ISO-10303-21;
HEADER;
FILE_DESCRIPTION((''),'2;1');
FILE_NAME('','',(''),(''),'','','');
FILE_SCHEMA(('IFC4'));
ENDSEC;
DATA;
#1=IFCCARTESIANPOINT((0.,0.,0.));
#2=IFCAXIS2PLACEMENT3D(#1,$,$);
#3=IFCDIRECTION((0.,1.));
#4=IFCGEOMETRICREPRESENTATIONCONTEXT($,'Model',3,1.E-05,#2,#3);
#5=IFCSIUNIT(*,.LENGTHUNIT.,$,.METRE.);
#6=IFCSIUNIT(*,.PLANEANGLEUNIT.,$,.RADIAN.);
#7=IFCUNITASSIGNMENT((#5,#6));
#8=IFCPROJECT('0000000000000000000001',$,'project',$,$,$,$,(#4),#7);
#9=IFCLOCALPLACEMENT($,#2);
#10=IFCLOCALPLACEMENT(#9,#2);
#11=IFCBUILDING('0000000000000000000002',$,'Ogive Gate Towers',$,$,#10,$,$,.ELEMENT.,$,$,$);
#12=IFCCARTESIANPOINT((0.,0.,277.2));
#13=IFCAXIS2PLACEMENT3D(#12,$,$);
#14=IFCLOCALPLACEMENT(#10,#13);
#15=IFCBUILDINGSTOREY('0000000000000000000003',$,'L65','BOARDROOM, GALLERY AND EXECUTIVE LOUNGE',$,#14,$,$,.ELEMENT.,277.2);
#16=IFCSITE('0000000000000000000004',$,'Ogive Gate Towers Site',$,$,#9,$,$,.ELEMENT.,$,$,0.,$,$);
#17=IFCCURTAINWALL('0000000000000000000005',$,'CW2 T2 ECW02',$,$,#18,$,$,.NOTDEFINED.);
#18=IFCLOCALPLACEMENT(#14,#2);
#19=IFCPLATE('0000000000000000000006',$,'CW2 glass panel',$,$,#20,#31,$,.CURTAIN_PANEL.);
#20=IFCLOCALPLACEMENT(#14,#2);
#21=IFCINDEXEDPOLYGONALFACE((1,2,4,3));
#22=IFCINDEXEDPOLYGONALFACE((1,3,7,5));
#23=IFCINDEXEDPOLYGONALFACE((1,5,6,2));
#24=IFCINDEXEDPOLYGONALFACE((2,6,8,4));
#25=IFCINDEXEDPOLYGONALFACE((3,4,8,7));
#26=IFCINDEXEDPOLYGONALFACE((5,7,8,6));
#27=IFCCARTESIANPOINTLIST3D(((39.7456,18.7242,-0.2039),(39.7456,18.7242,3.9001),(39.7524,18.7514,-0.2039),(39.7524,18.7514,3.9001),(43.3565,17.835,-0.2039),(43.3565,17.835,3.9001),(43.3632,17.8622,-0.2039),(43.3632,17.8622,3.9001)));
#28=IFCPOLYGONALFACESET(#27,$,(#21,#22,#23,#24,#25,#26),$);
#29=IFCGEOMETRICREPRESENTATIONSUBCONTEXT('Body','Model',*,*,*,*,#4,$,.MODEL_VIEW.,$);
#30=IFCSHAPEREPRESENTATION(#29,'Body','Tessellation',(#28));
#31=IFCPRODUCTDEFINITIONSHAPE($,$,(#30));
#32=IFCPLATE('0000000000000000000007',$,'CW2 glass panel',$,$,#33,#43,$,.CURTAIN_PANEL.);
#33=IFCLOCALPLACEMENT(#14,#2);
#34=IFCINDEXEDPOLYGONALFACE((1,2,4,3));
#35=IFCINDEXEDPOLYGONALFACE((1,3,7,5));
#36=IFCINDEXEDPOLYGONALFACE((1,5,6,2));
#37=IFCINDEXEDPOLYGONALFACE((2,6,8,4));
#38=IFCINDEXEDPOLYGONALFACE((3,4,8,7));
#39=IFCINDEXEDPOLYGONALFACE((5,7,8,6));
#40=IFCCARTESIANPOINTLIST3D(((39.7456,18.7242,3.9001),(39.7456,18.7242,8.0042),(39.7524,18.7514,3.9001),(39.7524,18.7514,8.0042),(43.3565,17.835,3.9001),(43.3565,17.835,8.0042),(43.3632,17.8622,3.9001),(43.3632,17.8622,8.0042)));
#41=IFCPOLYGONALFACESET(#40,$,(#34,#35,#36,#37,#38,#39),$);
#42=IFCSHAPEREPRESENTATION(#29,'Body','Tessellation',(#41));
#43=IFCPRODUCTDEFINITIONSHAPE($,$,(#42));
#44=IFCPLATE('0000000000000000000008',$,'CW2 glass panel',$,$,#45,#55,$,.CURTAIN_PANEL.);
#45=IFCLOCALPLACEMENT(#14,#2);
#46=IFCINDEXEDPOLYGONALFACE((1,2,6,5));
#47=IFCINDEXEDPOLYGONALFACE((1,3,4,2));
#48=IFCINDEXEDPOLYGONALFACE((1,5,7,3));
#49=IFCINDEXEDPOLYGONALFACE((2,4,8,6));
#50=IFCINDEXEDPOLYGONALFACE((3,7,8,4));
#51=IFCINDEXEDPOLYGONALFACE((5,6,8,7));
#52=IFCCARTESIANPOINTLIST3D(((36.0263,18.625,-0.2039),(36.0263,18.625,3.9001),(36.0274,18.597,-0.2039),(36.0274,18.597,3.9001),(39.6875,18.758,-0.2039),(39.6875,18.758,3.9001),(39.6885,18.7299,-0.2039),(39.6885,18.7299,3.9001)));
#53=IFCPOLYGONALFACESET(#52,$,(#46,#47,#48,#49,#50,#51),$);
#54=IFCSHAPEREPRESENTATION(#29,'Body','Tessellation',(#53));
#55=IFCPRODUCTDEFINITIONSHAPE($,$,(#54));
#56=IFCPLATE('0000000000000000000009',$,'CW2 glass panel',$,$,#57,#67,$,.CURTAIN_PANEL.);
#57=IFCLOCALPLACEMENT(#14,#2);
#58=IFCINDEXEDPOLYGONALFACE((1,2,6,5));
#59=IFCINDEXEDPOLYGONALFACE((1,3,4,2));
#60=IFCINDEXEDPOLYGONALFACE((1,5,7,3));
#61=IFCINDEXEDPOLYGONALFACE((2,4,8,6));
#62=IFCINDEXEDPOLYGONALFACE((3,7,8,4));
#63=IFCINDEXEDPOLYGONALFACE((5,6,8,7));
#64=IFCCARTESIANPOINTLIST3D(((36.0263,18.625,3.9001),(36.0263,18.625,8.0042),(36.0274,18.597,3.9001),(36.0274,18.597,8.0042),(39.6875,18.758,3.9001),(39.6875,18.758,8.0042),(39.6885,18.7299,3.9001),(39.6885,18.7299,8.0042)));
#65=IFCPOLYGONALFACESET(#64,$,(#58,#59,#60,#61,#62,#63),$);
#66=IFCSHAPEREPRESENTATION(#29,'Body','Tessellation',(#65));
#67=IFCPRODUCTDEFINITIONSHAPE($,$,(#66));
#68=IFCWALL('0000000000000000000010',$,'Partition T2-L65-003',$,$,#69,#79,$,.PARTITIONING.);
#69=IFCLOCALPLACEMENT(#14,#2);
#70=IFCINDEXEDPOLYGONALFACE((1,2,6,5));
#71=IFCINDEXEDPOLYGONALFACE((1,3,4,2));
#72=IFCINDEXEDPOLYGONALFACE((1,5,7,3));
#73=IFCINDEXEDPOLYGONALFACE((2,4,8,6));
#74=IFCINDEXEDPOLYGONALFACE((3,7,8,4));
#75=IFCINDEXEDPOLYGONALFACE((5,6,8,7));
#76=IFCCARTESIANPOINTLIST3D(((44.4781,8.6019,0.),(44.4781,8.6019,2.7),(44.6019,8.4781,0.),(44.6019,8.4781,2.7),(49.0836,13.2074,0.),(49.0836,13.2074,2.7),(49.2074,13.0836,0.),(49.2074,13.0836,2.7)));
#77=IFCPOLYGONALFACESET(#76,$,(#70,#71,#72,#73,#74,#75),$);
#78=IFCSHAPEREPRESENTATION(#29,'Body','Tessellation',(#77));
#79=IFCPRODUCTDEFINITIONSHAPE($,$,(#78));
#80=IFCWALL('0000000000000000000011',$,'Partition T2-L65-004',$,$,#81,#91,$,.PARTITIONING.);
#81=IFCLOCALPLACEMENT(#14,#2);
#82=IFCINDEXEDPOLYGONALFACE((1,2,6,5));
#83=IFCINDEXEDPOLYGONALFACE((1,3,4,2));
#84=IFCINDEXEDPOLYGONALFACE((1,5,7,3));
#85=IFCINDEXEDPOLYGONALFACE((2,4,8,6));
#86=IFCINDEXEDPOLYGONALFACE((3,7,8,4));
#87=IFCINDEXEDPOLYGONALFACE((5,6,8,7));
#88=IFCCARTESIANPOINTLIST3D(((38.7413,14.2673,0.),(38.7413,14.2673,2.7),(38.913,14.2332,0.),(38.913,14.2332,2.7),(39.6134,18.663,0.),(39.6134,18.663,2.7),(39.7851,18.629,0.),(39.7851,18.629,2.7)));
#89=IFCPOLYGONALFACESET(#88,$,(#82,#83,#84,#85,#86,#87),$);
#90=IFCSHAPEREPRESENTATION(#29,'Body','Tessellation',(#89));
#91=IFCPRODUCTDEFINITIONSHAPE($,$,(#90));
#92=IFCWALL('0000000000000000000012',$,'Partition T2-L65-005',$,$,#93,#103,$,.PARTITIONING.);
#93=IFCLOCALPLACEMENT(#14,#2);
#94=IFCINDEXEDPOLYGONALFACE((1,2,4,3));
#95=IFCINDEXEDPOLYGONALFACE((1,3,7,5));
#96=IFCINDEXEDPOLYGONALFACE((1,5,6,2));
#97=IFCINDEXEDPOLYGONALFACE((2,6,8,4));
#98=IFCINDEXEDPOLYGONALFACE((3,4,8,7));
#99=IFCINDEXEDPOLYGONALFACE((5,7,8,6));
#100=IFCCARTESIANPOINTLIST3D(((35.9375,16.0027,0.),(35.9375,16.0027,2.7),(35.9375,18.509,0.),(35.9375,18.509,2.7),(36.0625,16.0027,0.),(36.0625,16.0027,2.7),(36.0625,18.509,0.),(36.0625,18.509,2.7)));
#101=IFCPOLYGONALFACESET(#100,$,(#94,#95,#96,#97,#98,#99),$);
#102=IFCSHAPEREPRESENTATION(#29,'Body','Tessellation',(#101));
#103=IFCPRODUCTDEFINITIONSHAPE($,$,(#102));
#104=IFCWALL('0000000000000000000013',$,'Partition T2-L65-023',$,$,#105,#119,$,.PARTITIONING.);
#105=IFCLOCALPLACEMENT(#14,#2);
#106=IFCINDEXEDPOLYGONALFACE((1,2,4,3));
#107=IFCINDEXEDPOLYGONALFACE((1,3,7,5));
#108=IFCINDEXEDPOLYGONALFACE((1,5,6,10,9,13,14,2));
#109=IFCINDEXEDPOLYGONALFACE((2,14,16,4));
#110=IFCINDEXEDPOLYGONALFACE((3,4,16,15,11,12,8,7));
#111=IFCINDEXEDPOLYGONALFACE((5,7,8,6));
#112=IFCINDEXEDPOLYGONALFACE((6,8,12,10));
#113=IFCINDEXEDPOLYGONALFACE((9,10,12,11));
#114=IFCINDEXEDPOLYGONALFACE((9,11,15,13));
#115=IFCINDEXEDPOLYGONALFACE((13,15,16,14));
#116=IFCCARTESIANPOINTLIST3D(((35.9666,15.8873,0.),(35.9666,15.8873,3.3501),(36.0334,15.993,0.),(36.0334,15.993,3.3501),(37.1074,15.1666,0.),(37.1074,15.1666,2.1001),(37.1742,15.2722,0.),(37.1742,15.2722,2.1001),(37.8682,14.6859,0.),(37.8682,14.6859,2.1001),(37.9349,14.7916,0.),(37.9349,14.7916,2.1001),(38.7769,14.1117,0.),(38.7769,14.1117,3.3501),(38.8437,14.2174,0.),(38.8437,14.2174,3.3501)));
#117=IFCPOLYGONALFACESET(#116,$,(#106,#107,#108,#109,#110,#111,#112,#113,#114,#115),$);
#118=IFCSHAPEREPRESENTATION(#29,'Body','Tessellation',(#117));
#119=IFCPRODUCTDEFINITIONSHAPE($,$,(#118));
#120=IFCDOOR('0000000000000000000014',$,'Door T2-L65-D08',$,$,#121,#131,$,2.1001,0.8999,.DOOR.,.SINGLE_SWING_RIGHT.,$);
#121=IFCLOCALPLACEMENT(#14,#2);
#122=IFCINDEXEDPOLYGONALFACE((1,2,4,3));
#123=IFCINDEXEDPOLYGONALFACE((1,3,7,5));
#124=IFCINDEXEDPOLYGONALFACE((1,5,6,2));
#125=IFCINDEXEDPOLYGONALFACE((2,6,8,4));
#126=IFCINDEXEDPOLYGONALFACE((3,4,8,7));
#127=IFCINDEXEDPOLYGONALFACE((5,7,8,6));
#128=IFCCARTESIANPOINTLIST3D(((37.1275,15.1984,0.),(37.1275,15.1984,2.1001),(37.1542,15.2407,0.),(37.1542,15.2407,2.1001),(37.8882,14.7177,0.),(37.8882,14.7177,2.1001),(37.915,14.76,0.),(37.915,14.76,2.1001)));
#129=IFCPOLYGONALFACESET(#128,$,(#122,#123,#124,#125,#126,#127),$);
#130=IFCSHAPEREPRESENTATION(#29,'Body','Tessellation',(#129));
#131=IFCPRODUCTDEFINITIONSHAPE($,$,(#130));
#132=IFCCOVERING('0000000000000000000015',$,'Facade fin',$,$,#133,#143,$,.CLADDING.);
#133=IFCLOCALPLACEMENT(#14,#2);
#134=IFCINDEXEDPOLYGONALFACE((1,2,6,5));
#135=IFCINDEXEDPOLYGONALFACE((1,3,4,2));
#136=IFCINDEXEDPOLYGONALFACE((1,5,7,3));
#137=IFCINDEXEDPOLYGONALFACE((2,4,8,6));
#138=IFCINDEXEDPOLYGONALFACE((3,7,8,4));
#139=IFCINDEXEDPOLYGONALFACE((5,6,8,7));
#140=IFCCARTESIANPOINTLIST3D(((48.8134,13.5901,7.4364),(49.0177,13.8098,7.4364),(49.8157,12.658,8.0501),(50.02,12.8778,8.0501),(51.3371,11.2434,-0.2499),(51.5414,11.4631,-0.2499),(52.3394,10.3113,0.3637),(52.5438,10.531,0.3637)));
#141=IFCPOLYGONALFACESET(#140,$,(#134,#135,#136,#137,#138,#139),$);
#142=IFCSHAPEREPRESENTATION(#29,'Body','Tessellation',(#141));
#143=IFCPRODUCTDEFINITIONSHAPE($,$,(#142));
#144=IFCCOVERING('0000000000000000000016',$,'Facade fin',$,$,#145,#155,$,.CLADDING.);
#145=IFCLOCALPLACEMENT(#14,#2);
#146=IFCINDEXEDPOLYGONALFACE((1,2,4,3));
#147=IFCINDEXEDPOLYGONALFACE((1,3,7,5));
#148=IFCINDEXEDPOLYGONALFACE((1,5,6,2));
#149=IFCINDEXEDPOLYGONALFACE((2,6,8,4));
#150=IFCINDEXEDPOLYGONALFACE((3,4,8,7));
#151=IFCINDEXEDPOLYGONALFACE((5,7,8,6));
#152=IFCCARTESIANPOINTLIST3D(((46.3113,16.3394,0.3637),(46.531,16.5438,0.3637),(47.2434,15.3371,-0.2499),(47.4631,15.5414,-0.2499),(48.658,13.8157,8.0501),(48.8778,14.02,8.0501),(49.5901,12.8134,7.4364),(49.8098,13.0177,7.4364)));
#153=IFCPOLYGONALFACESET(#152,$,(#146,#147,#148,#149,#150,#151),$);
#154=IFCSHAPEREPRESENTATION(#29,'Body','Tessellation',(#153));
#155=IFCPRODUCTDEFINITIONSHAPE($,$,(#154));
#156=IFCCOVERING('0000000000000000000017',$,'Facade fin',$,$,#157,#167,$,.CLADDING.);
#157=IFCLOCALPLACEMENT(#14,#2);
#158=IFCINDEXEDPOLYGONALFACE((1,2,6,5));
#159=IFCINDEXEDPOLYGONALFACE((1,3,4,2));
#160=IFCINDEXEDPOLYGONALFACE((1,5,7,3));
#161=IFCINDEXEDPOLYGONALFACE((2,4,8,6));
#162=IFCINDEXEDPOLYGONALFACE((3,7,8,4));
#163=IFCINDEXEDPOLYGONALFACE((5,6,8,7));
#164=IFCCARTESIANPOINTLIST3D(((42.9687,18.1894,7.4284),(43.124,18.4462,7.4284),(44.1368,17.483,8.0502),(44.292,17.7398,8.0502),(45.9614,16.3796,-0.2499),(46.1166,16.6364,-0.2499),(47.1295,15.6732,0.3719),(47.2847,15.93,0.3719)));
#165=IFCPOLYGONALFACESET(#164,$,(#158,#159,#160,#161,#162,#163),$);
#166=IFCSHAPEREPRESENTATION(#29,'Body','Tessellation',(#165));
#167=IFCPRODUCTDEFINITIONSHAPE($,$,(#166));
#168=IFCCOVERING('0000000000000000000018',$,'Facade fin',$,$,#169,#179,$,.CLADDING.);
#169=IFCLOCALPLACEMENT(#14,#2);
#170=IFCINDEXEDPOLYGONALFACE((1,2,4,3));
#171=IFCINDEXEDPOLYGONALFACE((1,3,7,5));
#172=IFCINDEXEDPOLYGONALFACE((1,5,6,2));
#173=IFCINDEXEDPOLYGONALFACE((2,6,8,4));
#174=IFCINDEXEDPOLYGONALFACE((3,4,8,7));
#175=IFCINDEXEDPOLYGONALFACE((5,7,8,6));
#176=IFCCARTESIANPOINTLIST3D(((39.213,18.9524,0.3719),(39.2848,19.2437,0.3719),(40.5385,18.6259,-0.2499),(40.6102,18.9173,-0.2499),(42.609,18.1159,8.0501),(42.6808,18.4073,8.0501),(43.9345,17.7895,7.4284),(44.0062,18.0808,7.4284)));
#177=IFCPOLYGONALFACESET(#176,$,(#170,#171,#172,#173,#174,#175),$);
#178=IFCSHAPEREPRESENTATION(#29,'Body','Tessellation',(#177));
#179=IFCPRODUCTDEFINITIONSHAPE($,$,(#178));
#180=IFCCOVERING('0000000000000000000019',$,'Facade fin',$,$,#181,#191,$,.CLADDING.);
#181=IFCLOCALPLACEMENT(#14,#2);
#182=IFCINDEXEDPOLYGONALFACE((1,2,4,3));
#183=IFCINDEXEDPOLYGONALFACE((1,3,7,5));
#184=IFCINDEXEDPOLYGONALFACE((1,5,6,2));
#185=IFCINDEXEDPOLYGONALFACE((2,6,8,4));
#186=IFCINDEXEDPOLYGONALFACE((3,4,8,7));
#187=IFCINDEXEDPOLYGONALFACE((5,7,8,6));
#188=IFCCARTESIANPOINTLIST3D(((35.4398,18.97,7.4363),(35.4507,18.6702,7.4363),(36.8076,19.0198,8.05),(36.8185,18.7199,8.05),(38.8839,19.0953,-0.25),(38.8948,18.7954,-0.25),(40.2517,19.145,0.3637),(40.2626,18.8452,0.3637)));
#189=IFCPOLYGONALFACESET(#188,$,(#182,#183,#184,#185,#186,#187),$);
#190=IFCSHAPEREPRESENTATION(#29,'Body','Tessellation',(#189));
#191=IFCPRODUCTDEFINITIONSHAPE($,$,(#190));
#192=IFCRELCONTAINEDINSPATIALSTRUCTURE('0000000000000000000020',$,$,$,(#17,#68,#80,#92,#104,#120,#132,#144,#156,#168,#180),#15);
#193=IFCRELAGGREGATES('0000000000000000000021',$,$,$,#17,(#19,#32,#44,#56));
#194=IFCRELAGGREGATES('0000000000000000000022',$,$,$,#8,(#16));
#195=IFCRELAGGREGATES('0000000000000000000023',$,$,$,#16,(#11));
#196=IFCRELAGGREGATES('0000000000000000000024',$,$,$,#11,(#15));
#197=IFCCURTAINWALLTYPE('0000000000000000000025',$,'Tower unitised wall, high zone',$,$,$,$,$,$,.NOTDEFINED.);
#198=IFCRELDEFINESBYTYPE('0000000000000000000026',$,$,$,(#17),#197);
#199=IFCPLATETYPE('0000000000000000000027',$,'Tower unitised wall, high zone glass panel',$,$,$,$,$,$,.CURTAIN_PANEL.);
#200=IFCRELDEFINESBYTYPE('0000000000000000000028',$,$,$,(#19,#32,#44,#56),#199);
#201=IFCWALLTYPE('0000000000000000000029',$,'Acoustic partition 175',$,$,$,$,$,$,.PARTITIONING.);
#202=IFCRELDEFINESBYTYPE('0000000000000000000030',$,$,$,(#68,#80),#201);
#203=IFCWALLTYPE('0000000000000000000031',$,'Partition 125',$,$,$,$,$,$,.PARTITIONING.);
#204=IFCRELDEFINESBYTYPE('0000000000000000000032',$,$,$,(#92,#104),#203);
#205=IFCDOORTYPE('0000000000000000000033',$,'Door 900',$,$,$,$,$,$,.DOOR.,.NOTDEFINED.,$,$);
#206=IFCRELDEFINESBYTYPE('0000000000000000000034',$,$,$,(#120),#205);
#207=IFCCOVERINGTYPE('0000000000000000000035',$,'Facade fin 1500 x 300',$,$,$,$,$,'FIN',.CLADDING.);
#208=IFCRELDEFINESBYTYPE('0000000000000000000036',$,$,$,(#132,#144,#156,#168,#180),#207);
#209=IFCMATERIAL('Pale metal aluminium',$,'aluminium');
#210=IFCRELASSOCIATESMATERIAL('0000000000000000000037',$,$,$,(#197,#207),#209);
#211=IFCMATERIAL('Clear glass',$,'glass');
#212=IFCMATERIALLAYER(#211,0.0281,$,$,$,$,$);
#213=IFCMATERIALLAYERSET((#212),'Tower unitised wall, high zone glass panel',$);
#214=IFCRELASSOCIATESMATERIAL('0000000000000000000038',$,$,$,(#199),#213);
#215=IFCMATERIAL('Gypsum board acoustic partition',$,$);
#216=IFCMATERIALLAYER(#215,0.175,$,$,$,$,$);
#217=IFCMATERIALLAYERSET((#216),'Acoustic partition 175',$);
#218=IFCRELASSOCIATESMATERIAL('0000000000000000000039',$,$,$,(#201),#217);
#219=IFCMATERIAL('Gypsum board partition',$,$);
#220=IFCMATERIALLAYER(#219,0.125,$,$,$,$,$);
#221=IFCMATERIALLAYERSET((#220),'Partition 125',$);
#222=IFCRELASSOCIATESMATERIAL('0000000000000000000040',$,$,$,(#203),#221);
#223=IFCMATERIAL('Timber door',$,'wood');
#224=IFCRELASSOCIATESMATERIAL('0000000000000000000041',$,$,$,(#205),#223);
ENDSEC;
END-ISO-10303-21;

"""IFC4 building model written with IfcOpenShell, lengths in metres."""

from ifc_helpers import new_model, si_unit, direction, frame, frame_2d, origin, origin_2d, place, context, subcontext, project, spatial, rectangle, extrude, material, layer, layer_set, material_profile, profile_set, type_object, element, fill, aggregate, save


model = new_model("IFC4")

# Units and contexts
model_context = context("Model", 3, precision=1e-05, world=origin(), true_north=direction((0.0, 1.0)))
body_context = subcontext(model_context, "Body", "Model", "MODEL_VIEW")
ifc_project = project(units=[si_unit("LENGTHUNIT", "METRE"), si_unit("PLANEANGLEUNIT", "RADIAN")], contexts=[model_context])

# Site, building, storey
site_placement = place(None, origin())
site = spatial("IfcSite", under=ifc_project, at=site_placement, Name="Ogive Gate Towers Site", CompositionType="ELEMENT", RefElevation=0.0)
building_placement = place(site_placement, origin())
building = spatial("IfcBuilding", under=site, at=building_placement, Name="Ogive Gate Towers", CompositionType="ELEMENT")
storey_placement = place(building_placement, frame((0.0, 0.0, 277.2)))
storey = spatial("IfcBuildingStorey", under=building, at=storey_placement, Name="L65", Description="BOARDROOM, GALLERY AND EXECUTIVE LOUNGE", CompositionType="ELEMENT", Elevation=277.2)

# Shared definitions
ifc_material_1 = material(Name="Pale metal aluminium", Category="aluminium")
curtain_wall_type = type_object("IfcCurtainWallType", Name="Tower unitised wall, high zone", PredefinedType="NOTDEFINED", material=ifc_material_1)

# Curtain wall
curtain_wall_1_placement = place(storey_placement, origin())
curtain_wall_1 = element("IfcCurtainWall", 1, at=curtain_wall_1_placement, inside=storey, type_object=curtain_wall_type, Name="CW2 T2 ECW02", PredefinedType="NOTDEFINED")

# Plates
ifc_material_2 = material(Name="Clear glass", Category="glass")
ifc_layer_1 = layer(ifc_material_2, 0.0281)
ifc_layer_set_1 = layer_set([ifc_layer_1], Name="Tower unitised wall, high zone glass panel")
plate_type = type_object("IfcPlateType", Name="Tower unitised wall, high zone glass panel", PredefinedType="CURTAIN_PANEL", material=ifc_layer_set_1)
plate_1_placement = place(storey_placement, frame((41.5544, 18.2932, -0.2039), z_axis=(0.0, 0.0, 1.0), x_axis=(-0.970993, 0.23911, 0.0)))
plate_1 = element("IfcPlate", 2, at=plate_1_placement, type_object=plate_type, Name="CW2 glass panel", PredefinedType="CURTAIN_PANEL", context=body_context, shape_type="SweptSolid", body=[
    extrude(rectangle(XDim=3.7188, YDim=0.0281, at=origin_2d()), origin(), (0.0, 0.0, 1.0), 4.104),
])
plate_2_placement = place(storey_placement, frame((41.5544, 18.2932, 3.9001), z_axis=(0.0, 0.0, 1.0), x_axis=(-0.970993, 0.23911, 0.0)))
plate_2 = element("IfcPlate", 3, at=plate_2_placement, type_object=plate_type, Name="CW2 glass panel", PredefinedType="CURTAIN_PANEL", context=body_context, shape_type="SweptSolid", body=[
    extrude(rectangle(XDim=3.7188, YDim=0.0281, at=origin_2d()), origin(), (0.0, 0.0, 1.0), 4.104),
])
plate_3_placement = place(storey_placement, frame((37.8574, 18.6775, -0.2039), z_axis=(0.0, 0.0, 1.0), x_axis=(-0.999341, -0.036295, 0.0)))
plate_3 = element("IfcPlate", 4, at=plate_3_placement, type_object=plate_type, Name="CW2 glass panel", PredefinedType="CURTAIN_PANEL", context=body_context, shape_type="SweptSolid", body=[
    extrude(rectangle(XDim=3.6636, YDim=0.0281, at=origin_2d()), origin(), (0.0, 0.0, 1.0), 4.104),
])
plate_4_placement = place(storey_placement, frame((37.8574, 18.6775, 3.9001), z_axis=(0.0, 0.0, 1.0), x_axis=(-0.999341, -0.036295, 0.0)))
plate_4 = element("IfcPlate", 5, at=plate_4_placement, type_object=plate_type, Name="CW2 glass panel", PredefinedType="CURTAIN_PANEL", context=body_context, shape_type="SweptSolid", body=[
    extrude(rectangle(XDim=3.6636, YDim=0.0281, at=origin_2d()), origin(), (0.0, 0.0, 1.0), 4.104),
])
aggregate(curtain_wall_1, [plate_1, plate_2, plate_3, plate_4])

# Walls
ifc_material_3 = material(Name="Gypsum board acoustic partition")
ifc_layer_2 = layer(ifc_material_3, 0.175)
ifc_layer_set_2 = layer_set([ifc_layer_2], Name="Acoustic partition 175")
wall_type_1 = type_object("IfcWallType", Name="Acoustic partition 175", PredefinedType="PARTITIONING", material=ifc_layer_set_2)
wall_1_placement = place(storey_placement, frame((49.1455, 13.1455, 0.0), z_axis=(0.0, 0.0, 1.0), x_axis=(-0.707107, -0.707107, 0.0)))
element("IfcWall", 6, at=wall_1_placement, inside=storey, type_object=wall_type_1, Name="Partition T2-L65-003", PredefinedType="PARTITIONING", context=body_context, shape_type="SweptSolid", body=[
    extrude(rectangle(XDim=6.5132, YDim=0.175, at=frame_2d((3.2566, 0.0))), origin(), (0.0, 0.0, 1.0), 2.7),
])
wall_2_placement = place(storey_placement, frame((39.6992, 18.646, 0.0), z_axis=(0.0, 0.0, 1.0), x_axis=(-0.194597, -0.980883, 0.0)))
element("IfcWall", 7, at=wall_2_placement, inside=storey, type_object=wall_type_1, Name="Partition T2-L65-004", PredefinedType="PARTITIONING", context=body_context, shape_type="SweptSolid", body=[
    extrude(rectangle(XDim=4.4814, YDim=0.175, at=frame_2d((2.2407, 0.0))), origin(), (0.0, 0.0, 1.0), 2.7),
])
ifc_material_4 = material(Name="Gypsum board partition")
ifc_layer_3 = layer(ifc_material_4, 0.125)
ifc_layer_set_3 = layer_set([ifc_layer_3], Name="Partition 125")
wall_type_2 = type_object("IfcWallType", Name="Partition 125", PredefinedType="PARTITIONING", material=ifc_layer_set_3)
wall_3_placement = place(storey_placement, frame((36.0, 18.509, 0.0), z_axis=(0.0, 0.0, 1.0), x_axis=(0.0, -1.0, 0.0)))
element("IfcWall", 8, at=wall_3_placement, inside=storey, type_object=wall_type_2, Name="Partition T2-L65-005", PredefinedType="PARTITIONING", context=body_context, shape_type="SweptSolid", body=[
    extrude(rectangle(XDim=2.5063, YDim=0.125, at=frame_2d((1.2532, 0.0))), origin(), (0.0, 0.0, 1.0), 2.7),
])

# Wall, opening, door
wall_4_placement = place(storey_placement, frame((38.8103, 14.1646, 0.0), z_axis=(0.0, 0.0, 1.0), x_axis=(-0.845393, 0.534145, 0.0)))
wall_4 = element("IfcWall", 9, at=wall_4_placement, inside=storey, type_object=wall_type_2, Name="Partition T2-L65-023", PredefinedType="PARTITIONING", context=body_context, shape_type="SweptSolid", body=[
    extrude(rectangle(XDim=3.3242, YDim=0.125, at=frame_2d((1.6621, 0.0))), origin(), (0.0, 0.0, 1.0), 3.3501),
])
opening_placement = place(wall_4_placement, frame((1.075, 0.0, 0.0)))
opening = element("IfcOpeningElement", 10, at=opening_placement, cuts=wall_4, PredefinedType="OPENING", context=body_context, shape_type="SweptSolid", body=[
    extrude(rectangle(XDim=0.8999, YDim=2.1001, at=frame_2d((0.45, 1.05))), frame((0.0, 0.0725, 0.0), z_axis=(0.0, -1.0, 0.0), x_axis=(1.0, 0.0, 0.0)), (0.0, 0.0, 1.0), 0.145),
])
ifc_material_5 = material(Name="Timber door", Category="wood")
door_type = type_object("IfcDoorType", Name="Door 900", OperationType="NOTDEFINED", PredefinedType="DOOR", material=ifc_material_5)
door_placement = place(opening_placement, origin())
door = element("IfcDoor", 11, at=door_placement, inside=storey, type_object=door_type, Name="Door T2-L65-D08", OperationType="SINGLE_SWING_RIGHT", OverallHeight=2.1001, OverallWidth=0.8999, PredefinedType="DOOR", context=body_context, shape_type="SweptSolid", body=[
    extrude(rectangle(XDim=0.8999, YDim=2.1001, at=frame_2d((0.45, 1.05))), frame((0.0, 0.0249, 0.0), z_axis=(0.0, -1.0, 0.0), x_axis=(1.0, 0.0, 0.0)), (0.0, 0.0, 1.0), 0.05),
])
fill(opening, door)

# Coverings
ifc_material_profile_1 = material_profile(ifc_material_1, rectangle(XDim=0.3, YDim=1.5, at=origin_2d()), Name="1500 x 300 pale metal aluminium")
ifc_profile_set_1 = profile_set([ifc_material_profile_1], Name="Pale metal aluminium")
covering_type = type_object("IfcCoveringType", Name="Facade fin 1500 x 300", ElementType="FIN", PredefinedType="CLADDING", material=ifc_profile_set_1)
for number, where, z_axis, x_axis, name in (
    (12, (51.9404, 10.8872, 0.0569), (-0.299601, 0.278588, 0.912484), (-0.680959, -0.732321, 0.0), "Facade fin"),
    (13, (46.8872, 15.9404, 0.0569), (0.278588, -0.299601, 0.912484), (0.732321, 0.680959, 0.0), "Facade fin"),
):
    element("IfcCovering", number, at=place(storey_placement, frame(where, z_axis=z_axis, x_axis=x_axis)), inside=storey, type_object=covering_type, Name=name, PredefinedType="CLADDING", context=body_context, shape_type="SweptSolid", body=[
        extrude(rectangle(XDim=0.3, YDim=1.5, at=origin_2d()), origin(), (0.0, 0.0, 1.0), 8.4236),
    ])
for number, where, z_axis, x_axis, name in (
    (14, (46.623, 16.1548, 0.061), (-0.354699, 0.214504, 0.910042), (-0.51748, -0.855695, 0.0), "Facade fin"),
    (15, (39.9116, 18.9348, 0.061), (0.402499, -0.099135, 0.910037), (0.239151, 0.970982, 0.0), "Facade fin"),
):
    element("IfcCovering", number, at=place(storey_placement, frame(where, z_axis=z_axis, x_axis=x_axis)), inside=storey, type_object=covering_type, Name=name, PredefinedType="CLADDING", context=body_context, shape_type="SweptSolid", body=[
        extrude(rectangle(XDim=0.3, YDim=1.5, at=origin_2d()), origin(), (0.0, 0.0, 1.0), 8.4373),
    ])
covering_placement = place(storey_placement, frame((39.5732, 18.9702, 0.0569), z_axis=(-0.408864, -0.014868, 0.912474), x_axis=(0.036341, -0.999339, 0.0)))
element("IfcCovering", 16, at=covering_placement, inside=storey, type_object=covering_type, Name="Facade fin", PredefinedType="CLADDING", context=body_context, shape_type="SweptSolid", body=[
    extrude(rectangle(XDim=0.3, YDim=1.5, at=origin_2d()), origin(), (0.0, 0.0, 1.0), 8.4236),
])

save(model, "model.ifc")
